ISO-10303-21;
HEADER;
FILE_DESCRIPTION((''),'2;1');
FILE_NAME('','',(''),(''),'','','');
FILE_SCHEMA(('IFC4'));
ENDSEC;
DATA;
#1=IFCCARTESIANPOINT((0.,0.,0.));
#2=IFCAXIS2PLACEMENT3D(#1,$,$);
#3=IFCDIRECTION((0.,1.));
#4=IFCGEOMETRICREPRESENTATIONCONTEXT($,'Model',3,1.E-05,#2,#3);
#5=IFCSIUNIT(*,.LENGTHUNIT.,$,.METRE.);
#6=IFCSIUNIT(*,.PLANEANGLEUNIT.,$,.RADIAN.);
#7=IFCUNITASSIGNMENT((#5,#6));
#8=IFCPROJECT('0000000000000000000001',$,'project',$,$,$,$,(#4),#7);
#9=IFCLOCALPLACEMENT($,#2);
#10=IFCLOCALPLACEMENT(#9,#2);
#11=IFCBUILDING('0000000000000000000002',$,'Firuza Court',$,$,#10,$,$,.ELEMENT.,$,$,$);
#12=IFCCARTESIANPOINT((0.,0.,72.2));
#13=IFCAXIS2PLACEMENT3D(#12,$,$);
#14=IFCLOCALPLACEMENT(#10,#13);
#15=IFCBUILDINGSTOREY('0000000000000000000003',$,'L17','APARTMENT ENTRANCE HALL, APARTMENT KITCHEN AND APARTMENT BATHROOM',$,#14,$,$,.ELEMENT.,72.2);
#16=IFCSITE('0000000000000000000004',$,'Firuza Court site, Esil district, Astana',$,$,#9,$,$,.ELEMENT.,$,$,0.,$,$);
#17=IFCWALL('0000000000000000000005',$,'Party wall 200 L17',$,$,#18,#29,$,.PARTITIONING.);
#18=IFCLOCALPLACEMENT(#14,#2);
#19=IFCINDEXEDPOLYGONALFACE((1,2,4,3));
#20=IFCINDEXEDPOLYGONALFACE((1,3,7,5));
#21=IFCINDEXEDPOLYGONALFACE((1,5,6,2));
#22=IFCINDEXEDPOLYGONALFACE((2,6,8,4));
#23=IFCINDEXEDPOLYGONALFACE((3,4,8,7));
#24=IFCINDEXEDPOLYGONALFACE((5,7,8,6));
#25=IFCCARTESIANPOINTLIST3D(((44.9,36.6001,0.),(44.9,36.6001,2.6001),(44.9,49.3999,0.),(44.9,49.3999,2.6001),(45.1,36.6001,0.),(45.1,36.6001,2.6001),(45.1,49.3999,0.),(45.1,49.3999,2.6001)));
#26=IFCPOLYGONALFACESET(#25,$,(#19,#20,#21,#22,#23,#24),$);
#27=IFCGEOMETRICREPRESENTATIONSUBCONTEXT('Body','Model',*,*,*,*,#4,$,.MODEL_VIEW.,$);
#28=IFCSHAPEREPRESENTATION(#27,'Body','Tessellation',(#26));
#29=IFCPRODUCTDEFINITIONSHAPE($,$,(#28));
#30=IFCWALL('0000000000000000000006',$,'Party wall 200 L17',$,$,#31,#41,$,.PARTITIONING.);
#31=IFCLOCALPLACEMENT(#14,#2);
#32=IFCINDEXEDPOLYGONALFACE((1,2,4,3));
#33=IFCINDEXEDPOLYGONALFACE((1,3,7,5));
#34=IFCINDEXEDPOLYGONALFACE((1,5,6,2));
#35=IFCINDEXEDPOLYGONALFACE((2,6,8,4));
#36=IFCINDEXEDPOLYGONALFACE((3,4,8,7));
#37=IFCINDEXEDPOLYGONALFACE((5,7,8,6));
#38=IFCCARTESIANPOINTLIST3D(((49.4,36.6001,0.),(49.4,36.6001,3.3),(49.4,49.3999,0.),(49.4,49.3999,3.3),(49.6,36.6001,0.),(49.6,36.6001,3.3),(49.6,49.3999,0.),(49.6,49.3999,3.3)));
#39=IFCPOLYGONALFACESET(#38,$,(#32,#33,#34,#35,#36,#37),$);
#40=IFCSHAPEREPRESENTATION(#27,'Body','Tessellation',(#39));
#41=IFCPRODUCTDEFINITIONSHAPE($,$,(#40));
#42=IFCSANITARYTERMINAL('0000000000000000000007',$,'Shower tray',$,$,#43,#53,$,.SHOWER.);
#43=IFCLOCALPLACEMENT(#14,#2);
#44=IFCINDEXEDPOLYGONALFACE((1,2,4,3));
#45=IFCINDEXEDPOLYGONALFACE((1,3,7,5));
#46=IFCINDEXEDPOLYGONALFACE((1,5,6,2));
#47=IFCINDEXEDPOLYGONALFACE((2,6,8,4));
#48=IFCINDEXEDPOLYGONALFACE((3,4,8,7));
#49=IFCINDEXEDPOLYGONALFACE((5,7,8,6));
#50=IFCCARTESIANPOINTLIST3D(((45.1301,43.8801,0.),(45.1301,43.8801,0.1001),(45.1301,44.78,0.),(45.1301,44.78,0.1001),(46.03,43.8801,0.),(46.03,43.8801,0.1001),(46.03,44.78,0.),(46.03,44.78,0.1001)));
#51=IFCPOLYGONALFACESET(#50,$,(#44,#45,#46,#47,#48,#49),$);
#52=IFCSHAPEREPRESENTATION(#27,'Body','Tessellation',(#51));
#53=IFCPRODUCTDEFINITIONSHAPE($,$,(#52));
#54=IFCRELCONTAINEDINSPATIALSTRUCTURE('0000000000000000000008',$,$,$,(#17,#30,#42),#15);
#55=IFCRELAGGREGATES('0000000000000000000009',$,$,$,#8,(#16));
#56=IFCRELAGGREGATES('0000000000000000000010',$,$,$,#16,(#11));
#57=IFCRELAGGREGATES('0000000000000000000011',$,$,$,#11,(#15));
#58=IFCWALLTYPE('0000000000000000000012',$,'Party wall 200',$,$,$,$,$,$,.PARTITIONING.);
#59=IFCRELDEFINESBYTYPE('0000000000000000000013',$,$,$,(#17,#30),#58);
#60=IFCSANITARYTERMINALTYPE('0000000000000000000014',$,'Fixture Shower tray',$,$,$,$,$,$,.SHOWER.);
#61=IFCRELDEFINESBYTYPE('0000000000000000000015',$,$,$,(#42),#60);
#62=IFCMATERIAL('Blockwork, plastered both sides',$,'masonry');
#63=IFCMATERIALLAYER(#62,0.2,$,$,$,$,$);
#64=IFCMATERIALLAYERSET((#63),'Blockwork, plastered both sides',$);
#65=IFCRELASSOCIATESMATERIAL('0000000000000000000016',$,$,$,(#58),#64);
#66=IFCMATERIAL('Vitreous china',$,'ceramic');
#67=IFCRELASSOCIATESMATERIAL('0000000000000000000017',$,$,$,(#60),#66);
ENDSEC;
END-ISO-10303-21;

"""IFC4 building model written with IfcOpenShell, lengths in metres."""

from ifc_helpers import new_model, si_unit, direction, frame, frame_2d, origin, origin_2d, place, context, subcontext, project, spatial, rectangle, extrude, material, layer, layer_set, type_object, element, save


model = new_model("IFC4")

# Units and contexts
model_context = context("Model", 3, precision=1e-05, world=origin(), true_north=direction((0.0, 1.0)))
body_context = subcontext(model_context, "Body", "Model", "MODEL_VIEW")
ifc_project = project(units=[si_unit("LENGTHUNIT", "METRE"), si_unit("PLANEANGLEUNIT", "RADIAN")], contexts=[model_context])

# Site, building, storey
site_placement = place(None, origin())
site = spatial("IfcSite", under=ifc_project, at=site_placement, Name="Firuza Court site, Esil district, Astana", CompositionType="ELEMENT", RefElevation=0.0)
building_placement = place(site_placement, origin())
building = spatial("IfcBuilding", under=site, at=building_placement, Name="Firuza Court", CompositionType="ELEMENT")
storey_placement = place(building_placement, frame((0.0, 0.0, 72.2)))
storey = spatial("IfcBuildingStorey", under=building, at=storey_placement, Name="L17", Description="APARTMENT ENTRANCE HALL, APARTMENT KITCHEN AND APARTMENT BATHROOM", CompositionType="ELEMENT", Elevation=72.2)

# Walls
ifc_material_1 = material(Name="Blockwork, plastered both sides", Category="masonry")
ifc_layer_1 = layer(ifc_material_1, 0.2)
ifc_layer_set_1 = layer_set([ifc_layer_1], Name="Blockwork, plastered both sides")
wall_type_1 = type_object("IfcWallType", Name="Party wall 200", PredefinedType="PARTITIONING", material=ifc_layer_set_1)
wall_1_placement = place(storey_placement, frame((45.0, 36.6001, 0.0), z_axis=(0.0, 0.0, 1.0), x_axis=(0.0, 1.0, 0.0)))
element("IfcWall", 1, at=wall_1_placement, inside=storey, type_object=wall_type_1, Name="Party wall 200 L17", PredefinedType="PARTITIONING", context=body_context, shape_type="SweptSolid", body=[
    extrude(rectangle(XDim=12.7998, YDim=0.2, at=frame_2d((6.3999, 0.0))), origin(), (0.0, 0.0, 1.0), 2.6001),
])
wall_2_placement = place(storey_placement, frame((49.5, 36.6001, 0.0), z_axis=(0.0, 0.0, 1.0), x_axis=(0.0, 1.0, 0.0)))
element("IfcWall", 2, at=wall_2_placement, inside=storey, type_object=wall_type_1, Name="Party wall 200 L17", PredefinedType="PARTITIONING", context=body_context, shape_type="SweptSolid", body=[
    extrude(rectangle(XDim=12.7998, YDim=0.2, at=frame_2d((6.3999, 0.0))), origin(), (0.0, 0.0, 1.0), 3.3),
])

# Sanitary terminal
ifc_material_2 = material(Name="Vitreous china", Category="ceramic")
sanitary_terminal_type = type_object("IfcSanitaryTerminalType", Name="Fixture Shower tray", PredefinedType="SHOWER", material=ifc_material_2)
sanitary_terminal_placement = place(storey_placement, frame((45.5801, 44.3301, 0.0), z_axis=(0.0, 0.0, 1.0), x_axis=(1.0, 0.0, 0.0)))
element("IfcSanitaryTerminal", 3, at=sanitary_terminal_placement, inside=storey, type_object=sanitary_terminal_type, Name="Shower tray", PredefinedType="SHOWER", context=body_context, shape_type="SweptSolid", body=[
    extrude(rectangle(XDim=0.8999, YDim=0.8999, at=origin_2d()), origin(), (0.0, 0.0, 1.0), 0.1001),
])

save(model, "model.ifc")
